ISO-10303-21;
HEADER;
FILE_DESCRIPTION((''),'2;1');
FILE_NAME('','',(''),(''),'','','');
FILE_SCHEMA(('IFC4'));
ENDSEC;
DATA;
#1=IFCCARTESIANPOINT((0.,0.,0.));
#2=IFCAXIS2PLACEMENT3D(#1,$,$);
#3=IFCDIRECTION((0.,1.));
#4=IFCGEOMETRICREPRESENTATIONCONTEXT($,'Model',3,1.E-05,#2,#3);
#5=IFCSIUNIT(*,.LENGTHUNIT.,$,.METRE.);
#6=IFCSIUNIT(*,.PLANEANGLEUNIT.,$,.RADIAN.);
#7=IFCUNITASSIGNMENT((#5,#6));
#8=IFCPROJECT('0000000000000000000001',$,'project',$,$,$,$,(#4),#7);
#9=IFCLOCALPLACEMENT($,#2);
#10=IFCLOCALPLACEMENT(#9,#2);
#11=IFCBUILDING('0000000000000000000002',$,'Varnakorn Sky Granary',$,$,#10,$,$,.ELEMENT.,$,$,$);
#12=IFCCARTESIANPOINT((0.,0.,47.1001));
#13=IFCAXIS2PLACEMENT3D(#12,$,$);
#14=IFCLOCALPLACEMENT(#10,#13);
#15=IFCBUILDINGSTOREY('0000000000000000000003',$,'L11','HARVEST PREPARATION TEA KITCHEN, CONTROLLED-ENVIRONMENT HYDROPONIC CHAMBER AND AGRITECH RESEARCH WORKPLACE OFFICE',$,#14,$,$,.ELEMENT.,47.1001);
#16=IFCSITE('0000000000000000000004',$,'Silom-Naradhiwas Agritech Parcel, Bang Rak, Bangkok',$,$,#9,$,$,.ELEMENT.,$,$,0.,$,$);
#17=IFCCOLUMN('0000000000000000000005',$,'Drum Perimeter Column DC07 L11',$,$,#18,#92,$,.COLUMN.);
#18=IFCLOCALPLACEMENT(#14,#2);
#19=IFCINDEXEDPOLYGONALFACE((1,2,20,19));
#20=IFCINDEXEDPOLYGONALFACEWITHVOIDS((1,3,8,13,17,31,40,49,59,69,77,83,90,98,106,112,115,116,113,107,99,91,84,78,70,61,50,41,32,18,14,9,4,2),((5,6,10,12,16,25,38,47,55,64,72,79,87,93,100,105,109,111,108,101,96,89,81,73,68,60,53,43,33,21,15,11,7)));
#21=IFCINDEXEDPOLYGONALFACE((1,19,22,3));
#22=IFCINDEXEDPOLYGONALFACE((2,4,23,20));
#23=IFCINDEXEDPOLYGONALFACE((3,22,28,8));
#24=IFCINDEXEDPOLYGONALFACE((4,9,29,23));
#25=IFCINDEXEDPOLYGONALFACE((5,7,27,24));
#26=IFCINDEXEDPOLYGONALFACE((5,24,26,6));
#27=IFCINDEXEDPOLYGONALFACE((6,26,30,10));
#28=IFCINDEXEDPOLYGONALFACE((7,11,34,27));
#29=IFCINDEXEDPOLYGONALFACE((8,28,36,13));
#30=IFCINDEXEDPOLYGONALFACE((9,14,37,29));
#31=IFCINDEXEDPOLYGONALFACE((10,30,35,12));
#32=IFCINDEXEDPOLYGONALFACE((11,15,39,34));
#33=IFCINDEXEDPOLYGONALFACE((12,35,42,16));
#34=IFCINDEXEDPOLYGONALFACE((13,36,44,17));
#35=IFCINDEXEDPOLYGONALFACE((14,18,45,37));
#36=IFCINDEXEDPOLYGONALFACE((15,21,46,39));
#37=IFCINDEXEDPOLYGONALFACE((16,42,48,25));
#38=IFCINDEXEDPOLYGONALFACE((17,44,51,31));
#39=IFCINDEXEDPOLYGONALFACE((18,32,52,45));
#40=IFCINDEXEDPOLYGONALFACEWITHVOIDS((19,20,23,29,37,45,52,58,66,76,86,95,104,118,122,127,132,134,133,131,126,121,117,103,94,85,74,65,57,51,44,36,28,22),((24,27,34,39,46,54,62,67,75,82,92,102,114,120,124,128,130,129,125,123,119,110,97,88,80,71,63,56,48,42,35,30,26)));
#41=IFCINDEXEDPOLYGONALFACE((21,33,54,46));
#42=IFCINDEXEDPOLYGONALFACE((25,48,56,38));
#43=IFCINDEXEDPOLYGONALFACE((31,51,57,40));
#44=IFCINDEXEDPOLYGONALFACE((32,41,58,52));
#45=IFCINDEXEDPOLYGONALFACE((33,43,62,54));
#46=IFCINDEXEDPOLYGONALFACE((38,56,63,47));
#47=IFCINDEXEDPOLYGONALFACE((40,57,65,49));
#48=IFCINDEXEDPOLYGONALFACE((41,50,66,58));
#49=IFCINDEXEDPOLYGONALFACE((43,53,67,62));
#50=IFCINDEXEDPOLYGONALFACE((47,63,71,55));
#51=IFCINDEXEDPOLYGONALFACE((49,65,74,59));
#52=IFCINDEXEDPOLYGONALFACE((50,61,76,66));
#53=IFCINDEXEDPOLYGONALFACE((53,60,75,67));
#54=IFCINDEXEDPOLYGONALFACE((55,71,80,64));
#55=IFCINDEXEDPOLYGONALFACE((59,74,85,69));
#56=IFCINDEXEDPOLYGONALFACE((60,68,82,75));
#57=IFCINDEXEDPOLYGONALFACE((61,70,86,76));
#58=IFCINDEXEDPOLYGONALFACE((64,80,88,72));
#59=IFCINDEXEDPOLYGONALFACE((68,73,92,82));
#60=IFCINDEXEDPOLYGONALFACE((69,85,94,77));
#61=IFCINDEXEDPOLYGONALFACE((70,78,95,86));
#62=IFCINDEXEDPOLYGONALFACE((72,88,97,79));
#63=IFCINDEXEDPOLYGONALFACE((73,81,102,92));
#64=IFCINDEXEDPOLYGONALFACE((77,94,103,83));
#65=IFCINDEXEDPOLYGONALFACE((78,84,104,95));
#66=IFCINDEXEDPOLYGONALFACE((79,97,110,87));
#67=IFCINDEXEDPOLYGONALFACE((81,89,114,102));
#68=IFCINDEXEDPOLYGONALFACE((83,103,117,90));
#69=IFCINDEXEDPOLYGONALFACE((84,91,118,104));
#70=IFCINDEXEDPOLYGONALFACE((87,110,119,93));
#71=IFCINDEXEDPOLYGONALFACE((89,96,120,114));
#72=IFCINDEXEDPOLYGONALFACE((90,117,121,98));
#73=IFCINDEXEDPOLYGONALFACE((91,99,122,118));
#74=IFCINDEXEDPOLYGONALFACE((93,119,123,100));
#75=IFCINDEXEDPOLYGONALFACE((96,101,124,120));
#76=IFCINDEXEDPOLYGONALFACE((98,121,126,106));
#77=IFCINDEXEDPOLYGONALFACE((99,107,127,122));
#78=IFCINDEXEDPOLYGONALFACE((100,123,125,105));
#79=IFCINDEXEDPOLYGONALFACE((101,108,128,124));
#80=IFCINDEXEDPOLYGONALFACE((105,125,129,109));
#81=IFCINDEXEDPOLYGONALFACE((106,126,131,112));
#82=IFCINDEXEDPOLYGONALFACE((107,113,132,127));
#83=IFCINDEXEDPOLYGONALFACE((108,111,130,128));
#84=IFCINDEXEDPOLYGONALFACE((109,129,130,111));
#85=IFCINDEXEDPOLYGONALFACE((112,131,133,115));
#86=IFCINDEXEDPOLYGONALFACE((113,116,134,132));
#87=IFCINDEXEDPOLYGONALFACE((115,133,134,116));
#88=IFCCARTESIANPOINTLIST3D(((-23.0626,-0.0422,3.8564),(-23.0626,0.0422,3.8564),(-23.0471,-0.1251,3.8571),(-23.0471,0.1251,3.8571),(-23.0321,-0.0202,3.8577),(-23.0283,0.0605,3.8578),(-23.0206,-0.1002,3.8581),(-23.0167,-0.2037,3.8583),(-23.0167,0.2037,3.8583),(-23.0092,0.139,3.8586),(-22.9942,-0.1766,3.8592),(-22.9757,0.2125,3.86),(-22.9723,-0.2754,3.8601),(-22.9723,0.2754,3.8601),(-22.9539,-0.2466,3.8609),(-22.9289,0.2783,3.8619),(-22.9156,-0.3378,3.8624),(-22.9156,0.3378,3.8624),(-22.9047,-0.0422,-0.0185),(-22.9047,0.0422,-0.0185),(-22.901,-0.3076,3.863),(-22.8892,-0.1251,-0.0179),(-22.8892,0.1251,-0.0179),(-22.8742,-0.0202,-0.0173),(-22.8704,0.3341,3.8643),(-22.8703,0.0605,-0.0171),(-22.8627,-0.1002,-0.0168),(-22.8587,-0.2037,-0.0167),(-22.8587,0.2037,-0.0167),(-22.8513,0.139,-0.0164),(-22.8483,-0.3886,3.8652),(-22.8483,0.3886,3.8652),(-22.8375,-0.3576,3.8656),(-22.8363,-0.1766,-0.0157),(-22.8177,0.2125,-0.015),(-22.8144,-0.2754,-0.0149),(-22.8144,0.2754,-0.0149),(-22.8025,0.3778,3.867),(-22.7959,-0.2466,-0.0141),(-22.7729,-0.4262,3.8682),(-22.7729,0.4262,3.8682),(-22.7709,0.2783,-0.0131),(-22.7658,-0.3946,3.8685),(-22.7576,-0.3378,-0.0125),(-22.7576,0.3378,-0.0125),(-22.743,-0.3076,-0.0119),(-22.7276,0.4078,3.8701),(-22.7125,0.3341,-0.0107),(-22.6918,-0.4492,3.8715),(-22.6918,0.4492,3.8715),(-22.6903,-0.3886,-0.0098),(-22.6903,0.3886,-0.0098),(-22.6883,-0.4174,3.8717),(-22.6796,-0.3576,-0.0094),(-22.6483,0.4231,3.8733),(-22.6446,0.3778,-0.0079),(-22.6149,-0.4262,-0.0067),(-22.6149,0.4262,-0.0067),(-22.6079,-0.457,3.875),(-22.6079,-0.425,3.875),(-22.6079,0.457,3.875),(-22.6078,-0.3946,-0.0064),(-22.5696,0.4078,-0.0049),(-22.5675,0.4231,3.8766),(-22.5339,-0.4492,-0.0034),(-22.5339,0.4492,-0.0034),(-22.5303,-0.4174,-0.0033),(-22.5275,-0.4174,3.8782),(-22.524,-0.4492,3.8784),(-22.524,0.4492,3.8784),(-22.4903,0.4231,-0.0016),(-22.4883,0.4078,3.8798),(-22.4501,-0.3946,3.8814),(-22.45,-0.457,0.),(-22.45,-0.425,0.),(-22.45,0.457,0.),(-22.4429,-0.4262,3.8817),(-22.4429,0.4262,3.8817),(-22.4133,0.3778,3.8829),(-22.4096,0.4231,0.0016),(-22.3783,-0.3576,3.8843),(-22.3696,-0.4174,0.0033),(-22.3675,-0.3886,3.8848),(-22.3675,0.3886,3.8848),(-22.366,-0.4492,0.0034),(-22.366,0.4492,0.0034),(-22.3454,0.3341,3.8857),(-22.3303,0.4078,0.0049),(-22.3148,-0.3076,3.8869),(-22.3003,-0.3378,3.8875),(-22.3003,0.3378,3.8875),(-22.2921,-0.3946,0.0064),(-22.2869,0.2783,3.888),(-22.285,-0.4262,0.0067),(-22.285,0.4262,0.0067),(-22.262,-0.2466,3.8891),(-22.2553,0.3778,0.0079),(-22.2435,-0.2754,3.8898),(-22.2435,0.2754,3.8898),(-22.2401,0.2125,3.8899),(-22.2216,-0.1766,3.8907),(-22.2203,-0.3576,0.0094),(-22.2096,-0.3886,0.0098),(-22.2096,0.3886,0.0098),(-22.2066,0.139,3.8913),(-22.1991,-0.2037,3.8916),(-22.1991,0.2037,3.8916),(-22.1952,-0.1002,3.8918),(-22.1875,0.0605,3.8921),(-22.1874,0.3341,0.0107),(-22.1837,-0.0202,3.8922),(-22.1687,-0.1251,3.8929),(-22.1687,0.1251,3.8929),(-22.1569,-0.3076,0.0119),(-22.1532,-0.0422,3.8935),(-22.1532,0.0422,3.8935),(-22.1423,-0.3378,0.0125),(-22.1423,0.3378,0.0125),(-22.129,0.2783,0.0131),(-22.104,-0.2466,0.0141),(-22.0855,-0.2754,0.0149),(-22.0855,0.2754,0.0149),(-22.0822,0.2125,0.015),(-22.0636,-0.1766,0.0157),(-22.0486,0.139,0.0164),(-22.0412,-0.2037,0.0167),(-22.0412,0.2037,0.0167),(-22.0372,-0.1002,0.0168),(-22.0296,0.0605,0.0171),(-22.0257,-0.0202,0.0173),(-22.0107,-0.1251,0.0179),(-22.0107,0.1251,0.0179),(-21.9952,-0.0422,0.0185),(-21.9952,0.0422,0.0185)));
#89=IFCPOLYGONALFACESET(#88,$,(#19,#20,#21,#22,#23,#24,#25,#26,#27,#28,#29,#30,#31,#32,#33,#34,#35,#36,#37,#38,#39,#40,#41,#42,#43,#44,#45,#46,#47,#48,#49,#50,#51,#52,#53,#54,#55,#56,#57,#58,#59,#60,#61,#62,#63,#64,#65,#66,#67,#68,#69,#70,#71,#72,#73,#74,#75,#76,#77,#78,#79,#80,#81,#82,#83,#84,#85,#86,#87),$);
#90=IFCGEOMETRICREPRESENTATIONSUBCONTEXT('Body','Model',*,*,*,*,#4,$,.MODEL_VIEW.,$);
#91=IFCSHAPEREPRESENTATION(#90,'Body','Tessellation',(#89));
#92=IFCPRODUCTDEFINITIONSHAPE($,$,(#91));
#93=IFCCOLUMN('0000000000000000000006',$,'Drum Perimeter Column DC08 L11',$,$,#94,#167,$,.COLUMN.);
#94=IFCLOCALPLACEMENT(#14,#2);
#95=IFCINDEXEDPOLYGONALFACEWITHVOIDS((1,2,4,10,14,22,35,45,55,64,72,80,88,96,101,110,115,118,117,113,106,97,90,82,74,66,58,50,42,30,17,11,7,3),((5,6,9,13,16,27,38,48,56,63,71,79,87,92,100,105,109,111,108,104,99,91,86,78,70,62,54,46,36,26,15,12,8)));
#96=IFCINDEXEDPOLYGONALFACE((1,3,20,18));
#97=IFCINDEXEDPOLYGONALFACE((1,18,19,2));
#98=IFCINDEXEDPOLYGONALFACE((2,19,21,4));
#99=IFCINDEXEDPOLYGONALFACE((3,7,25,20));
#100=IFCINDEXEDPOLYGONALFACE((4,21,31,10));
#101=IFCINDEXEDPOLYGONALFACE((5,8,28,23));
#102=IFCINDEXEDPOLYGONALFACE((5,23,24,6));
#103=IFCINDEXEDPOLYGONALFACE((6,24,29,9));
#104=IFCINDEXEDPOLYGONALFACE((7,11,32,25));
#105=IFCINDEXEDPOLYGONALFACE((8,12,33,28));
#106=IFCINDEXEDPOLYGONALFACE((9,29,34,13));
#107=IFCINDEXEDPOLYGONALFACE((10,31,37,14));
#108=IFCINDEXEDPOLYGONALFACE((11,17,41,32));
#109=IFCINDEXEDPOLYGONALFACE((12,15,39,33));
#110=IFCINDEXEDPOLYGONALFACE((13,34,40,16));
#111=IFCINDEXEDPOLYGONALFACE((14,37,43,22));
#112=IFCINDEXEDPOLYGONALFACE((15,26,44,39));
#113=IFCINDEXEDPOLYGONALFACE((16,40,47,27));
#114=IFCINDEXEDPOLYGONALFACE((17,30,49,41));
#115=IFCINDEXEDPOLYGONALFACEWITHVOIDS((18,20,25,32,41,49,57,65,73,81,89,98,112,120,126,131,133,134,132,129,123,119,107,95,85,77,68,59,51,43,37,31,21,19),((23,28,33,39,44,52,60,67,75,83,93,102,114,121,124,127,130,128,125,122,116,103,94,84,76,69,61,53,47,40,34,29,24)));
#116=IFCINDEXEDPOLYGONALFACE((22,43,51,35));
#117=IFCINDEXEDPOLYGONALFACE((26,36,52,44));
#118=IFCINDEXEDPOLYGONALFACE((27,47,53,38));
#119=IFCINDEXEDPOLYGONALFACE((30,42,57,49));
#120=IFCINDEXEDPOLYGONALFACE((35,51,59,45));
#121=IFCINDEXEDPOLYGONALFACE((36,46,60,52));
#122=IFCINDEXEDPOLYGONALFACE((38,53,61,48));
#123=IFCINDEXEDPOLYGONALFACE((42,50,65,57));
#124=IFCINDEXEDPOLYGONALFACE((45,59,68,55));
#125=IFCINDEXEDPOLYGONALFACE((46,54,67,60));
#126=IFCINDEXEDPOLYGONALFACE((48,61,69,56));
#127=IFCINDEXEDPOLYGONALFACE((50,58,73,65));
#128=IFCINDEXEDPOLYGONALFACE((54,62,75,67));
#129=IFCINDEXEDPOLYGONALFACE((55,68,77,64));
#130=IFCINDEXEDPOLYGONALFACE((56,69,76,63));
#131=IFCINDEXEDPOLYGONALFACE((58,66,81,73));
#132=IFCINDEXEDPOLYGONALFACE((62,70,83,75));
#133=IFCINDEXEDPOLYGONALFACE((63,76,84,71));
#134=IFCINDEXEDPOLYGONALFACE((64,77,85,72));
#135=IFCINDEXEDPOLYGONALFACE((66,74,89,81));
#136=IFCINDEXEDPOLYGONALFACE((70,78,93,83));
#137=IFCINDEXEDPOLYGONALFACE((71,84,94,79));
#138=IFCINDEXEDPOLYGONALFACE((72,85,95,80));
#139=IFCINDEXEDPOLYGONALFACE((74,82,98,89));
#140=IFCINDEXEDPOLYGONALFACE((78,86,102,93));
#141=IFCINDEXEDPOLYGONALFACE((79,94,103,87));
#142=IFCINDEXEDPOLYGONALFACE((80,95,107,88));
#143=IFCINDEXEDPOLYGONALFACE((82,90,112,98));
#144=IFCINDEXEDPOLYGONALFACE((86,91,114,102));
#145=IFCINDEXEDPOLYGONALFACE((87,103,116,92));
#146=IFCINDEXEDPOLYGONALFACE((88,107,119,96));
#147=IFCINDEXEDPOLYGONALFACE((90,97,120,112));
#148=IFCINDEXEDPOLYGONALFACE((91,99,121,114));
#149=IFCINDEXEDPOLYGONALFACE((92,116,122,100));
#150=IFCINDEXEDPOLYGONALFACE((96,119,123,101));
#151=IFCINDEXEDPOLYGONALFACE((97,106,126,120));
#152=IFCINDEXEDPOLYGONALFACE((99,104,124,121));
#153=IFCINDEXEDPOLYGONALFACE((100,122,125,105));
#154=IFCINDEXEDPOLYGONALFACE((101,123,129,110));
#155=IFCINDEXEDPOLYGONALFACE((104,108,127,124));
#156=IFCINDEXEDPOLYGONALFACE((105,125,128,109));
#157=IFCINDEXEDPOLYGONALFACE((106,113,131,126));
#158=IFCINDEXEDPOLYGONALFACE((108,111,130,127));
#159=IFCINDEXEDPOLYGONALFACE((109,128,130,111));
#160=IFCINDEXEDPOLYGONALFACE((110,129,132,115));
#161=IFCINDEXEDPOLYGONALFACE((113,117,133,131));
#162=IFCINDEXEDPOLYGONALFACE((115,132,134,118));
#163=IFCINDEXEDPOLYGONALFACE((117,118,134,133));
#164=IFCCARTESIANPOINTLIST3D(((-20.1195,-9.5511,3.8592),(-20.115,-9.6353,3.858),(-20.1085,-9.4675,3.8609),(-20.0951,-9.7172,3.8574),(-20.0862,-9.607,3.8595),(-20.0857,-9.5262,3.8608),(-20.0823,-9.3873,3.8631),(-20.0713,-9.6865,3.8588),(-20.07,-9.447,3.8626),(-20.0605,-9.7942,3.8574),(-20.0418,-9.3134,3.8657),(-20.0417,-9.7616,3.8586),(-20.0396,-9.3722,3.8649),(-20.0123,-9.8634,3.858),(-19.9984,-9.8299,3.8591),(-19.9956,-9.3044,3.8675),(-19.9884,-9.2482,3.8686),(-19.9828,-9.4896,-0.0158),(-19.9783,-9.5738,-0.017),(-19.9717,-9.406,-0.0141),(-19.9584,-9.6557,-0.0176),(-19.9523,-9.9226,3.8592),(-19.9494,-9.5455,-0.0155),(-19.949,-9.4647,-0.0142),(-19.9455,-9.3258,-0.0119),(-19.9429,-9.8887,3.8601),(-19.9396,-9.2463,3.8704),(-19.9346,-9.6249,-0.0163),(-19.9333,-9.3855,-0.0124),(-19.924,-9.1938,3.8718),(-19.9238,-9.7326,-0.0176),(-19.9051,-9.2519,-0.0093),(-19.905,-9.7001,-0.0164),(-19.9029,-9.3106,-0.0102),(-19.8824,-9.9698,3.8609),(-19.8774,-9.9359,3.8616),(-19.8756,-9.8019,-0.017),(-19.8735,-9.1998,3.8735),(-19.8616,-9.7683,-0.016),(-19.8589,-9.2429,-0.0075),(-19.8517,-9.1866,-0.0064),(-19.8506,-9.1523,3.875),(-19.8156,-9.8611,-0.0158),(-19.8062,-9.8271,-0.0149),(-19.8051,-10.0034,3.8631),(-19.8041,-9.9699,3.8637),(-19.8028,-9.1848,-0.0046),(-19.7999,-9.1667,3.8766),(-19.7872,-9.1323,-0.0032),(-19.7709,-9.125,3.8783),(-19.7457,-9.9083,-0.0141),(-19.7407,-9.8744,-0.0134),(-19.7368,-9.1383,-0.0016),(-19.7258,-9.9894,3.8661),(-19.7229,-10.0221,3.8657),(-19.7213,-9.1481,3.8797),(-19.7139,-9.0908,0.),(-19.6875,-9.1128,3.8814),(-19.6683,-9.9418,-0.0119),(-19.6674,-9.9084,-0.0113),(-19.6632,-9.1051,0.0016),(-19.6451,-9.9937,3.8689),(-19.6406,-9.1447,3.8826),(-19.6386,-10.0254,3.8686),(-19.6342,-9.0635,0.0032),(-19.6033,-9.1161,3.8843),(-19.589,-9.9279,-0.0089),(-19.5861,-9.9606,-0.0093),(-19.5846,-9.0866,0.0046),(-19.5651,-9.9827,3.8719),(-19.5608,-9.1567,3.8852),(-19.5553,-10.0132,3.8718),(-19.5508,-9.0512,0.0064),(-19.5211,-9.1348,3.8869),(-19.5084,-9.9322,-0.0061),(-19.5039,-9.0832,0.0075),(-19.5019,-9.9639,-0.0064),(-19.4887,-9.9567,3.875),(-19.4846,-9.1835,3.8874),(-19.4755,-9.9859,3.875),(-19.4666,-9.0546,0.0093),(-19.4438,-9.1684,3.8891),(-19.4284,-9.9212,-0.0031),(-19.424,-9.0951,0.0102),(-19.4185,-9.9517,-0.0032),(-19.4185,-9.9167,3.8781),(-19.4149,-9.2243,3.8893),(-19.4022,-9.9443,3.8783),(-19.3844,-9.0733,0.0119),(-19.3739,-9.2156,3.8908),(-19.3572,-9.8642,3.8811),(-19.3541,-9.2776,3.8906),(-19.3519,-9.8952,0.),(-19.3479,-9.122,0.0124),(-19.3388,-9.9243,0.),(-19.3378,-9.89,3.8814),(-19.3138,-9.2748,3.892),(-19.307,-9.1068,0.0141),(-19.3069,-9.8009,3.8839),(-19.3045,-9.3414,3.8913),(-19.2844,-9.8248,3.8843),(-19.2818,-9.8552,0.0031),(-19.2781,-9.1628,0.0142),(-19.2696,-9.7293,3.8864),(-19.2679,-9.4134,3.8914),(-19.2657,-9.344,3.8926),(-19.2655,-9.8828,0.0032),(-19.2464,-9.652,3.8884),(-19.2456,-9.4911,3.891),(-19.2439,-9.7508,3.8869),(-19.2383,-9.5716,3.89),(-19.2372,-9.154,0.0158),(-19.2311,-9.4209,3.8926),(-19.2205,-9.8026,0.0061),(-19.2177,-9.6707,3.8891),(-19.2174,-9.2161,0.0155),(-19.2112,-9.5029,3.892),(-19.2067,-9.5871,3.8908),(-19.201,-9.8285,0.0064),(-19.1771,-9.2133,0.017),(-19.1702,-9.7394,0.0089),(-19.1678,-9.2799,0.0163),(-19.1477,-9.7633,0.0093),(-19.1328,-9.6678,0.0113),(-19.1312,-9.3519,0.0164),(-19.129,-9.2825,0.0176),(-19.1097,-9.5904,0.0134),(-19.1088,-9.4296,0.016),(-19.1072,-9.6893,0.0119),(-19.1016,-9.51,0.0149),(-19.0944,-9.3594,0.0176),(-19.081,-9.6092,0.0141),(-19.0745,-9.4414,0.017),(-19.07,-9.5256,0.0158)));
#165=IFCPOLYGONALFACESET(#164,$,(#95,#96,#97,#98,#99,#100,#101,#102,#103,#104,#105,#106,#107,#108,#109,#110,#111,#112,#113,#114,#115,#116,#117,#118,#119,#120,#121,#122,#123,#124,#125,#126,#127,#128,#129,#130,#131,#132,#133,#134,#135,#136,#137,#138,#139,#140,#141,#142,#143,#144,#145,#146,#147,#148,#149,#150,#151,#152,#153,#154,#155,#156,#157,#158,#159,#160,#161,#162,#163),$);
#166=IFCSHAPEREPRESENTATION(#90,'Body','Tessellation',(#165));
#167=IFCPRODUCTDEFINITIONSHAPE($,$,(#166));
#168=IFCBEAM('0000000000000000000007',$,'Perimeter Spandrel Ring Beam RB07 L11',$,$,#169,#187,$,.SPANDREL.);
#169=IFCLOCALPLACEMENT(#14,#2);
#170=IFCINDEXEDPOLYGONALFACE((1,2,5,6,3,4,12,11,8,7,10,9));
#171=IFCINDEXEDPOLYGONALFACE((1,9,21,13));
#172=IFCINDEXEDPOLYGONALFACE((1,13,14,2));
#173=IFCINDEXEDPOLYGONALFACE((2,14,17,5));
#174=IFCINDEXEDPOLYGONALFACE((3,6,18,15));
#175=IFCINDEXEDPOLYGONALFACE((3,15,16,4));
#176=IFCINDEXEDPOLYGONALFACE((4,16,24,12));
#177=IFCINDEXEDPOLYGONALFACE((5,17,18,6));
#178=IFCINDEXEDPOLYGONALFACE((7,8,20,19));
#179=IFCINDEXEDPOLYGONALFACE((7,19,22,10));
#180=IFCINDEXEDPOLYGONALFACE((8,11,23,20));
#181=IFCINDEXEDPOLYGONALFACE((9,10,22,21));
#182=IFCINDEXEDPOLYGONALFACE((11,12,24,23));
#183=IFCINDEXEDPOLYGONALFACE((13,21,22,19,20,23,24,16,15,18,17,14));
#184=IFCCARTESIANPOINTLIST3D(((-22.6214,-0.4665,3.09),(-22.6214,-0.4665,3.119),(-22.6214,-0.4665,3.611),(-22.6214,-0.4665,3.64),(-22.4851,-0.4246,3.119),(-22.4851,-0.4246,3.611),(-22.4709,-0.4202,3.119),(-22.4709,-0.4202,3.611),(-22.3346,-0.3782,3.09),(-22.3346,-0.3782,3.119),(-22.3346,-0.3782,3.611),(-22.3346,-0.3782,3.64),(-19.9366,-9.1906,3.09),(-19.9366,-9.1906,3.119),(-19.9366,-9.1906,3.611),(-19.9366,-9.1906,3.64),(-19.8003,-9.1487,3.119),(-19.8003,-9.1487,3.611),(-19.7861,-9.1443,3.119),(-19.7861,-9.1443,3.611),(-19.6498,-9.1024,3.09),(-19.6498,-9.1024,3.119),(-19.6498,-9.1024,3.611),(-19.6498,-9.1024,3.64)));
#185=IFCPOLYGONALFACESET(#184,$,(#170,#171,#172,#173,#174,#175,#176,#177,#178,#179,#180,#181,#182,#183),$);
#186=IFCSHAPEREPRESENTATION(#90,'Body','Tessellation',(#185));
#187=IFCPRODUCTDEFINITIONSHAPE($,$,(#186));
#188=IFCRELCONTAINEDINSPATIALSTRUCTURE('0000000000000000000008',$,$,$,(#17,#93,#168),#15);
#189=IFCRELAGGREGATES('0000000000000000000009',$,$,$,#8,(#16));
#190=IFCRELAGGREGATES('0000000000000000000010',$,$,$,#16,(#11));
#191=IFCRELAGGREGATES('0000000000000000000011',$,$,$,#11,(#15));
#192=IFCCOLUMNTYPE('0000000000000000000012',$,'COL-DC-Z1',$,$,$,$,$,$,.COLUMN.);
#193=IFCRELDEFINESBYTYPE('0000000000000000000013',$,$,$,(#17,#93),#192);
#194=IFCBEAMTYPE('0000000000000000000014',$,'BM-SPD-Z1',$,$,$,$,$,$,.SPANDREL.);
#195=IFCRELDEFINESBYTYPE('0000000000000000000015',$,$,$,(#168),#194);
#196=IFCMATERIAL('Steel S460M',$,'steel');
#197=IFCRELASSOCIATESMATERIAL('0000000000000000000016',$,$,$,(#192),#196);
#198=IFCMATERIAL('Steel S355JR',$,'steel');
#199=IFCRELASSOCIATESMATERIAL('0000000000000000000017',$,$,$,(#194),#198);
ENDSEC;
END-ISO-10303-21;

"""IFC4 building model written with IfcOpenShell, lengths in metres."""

from ifc_helpers import new_model, si_unit, direction, frame, origin, origin_2d, place, context, subcontext, project, spatial, hollow_circle, i_section, extrude, material, material_profile, profile_set, type_object, element, save


model = new_model("IFC4")

# Units and contexts
model_context = context("Model", 3, precision=1e-05, world=origin(), true_north=direction((0.0, 1.0)))
body_context = subcontext(model_context, "Body", "Model", "MODEL_VIEW")
ifc_project = project(units=[si_unit("LENGTHUNIT", "METRE"), si_unit("PLANEANGLEUNIT", "RADIAN")], contexts=[model_context])

# Site, building, storey
site_placement = place(None, origin())
site = spatial("IfcSite", under=ifc_project, at=site_placement, Name="Silom-Naradhiwas Agritech Parcel, Bang Rak, Bangkok", CompositionType="ELEMENT", RefElevation=0.0)
building_placement = place(site_placement, origin())
building = spatial("IfcBuilding", under=site, at=building_placement, Name="Varnakorn Sky Granary", CompositionType="ELEMENT")
storey_placement = place(building_placement, frame((0.0, 0.0, 47.1001)))
storey = spatial("IfcBuildingStorey", under=building, at=storey_placement, Name="L11", Description="HARVEST PREPARATION TEA KITCHEN, CONTROLLED-ENVIRONMENT HYDROPONIC CHAMBER AND AGRITECH RESEARCH WORKPLACE OFFICE", CompositionType="ELEMENT", Elevation=47.1001)

# Columns
ifc_material_1 = material(Name="Steel S460M", Category="steel")
ifc_material_profile_1 = material_profile(ifc_material_1, hollow_circle(Radius=0.457, WallThickness=0.032, at=origin_2d()), Name="CHS 914x32")
ifc_profile_set_1 = profile_set([ifc_material_profile_1], Name="Steel S460M")
column_type = type_object("IfcColumnType", Name="COL-DC-Z1", PredefinedType="COLUMN", material=ifc_profile_set_1)
column_1_placement = place(storey_placement, frame((-22.45, 0.0, 0.0), z_axis=(-0.04073, 0.0, 0.99917), x_axis=(0.0, -1.0, 0.0)))
element("IfcColumn", 1, at=column_1_placement, inside=storey, type_object=column_type, Name="Drum Perimeter Column DC07 L11", PredefinedType="COLUMN", context=body_context, shape_type="SweptSolid", body=[
    extrude(hollow_circle(Radius=0.457, WallThickness=0.032, at=origin_2d()), origin(), (0.0, 0.0, 1.0), 3.8782),
])
column_2_placement = place(storey_placement, frame((-19.5264, -9.5076, 0.0), z_axis=(-0.035256, -0.015865, 0.999252), x_axis=(0.410365, -0.911922, 0.0)))
element("IfcColumn", 2, at=column_2_placement, inside=storey, type_object=column_type, Name="Drum Perimeter Column DC08 L11", PredefinedType="COLUMN", context=body_context, shape_type="SweptSolid", body=[
    extrude(hollow_circle(Radius=0.457, WallThickness=0.032, at=origin_2d()), origin(), (0.0, 0.0, 1.0), 3.8779),
])

# Beam
ifc_material_2 = material(Name="Steel S355JR", Category="steel")
ifc_material_profile_2 = material_profile(ifc_material_2, i_section(OverallWidth=0.3, OverallDepth=0.55, WebThickness=0.0149, FlangeThickness=0.0291, at=origin_2d()), Name="HE 550 B")
ifc_profile_set_2 = profile_set([ifc_material_profile_2], Name="Steel S355JR")
beam_type = type_object("IfcBeamType", Name="BM-SPD-Z1", PredefinedType="SPANDREL", material=ifc_profile_set_2)
beam_1_placement = place(storey_placement, frame((-22.478, -0.4224, 3.365), z_axis=(0.294133, -0.955765, 0.0), x_axis=(0.955765, 0.294133, 0.0)))
element("IfcBeam", 3, at=beam_1_placement, inside=storey, type_object=beam_type, Name="Perimeter Spandrel Ring Beam RB07 L11", PredefinedType="SPANDREL", context=body_context, shape_type="SweptSolid", body=[
    extrude(i_section(OverallWidth=0.3, OverallDepth=0.55, WebThickness=0.0149, FlangeThickness=0.0291, at=origin_2d()), origin(), (0.0, 0.0, 1.0), 9.1279),
])

save(model, "model.ifc")
